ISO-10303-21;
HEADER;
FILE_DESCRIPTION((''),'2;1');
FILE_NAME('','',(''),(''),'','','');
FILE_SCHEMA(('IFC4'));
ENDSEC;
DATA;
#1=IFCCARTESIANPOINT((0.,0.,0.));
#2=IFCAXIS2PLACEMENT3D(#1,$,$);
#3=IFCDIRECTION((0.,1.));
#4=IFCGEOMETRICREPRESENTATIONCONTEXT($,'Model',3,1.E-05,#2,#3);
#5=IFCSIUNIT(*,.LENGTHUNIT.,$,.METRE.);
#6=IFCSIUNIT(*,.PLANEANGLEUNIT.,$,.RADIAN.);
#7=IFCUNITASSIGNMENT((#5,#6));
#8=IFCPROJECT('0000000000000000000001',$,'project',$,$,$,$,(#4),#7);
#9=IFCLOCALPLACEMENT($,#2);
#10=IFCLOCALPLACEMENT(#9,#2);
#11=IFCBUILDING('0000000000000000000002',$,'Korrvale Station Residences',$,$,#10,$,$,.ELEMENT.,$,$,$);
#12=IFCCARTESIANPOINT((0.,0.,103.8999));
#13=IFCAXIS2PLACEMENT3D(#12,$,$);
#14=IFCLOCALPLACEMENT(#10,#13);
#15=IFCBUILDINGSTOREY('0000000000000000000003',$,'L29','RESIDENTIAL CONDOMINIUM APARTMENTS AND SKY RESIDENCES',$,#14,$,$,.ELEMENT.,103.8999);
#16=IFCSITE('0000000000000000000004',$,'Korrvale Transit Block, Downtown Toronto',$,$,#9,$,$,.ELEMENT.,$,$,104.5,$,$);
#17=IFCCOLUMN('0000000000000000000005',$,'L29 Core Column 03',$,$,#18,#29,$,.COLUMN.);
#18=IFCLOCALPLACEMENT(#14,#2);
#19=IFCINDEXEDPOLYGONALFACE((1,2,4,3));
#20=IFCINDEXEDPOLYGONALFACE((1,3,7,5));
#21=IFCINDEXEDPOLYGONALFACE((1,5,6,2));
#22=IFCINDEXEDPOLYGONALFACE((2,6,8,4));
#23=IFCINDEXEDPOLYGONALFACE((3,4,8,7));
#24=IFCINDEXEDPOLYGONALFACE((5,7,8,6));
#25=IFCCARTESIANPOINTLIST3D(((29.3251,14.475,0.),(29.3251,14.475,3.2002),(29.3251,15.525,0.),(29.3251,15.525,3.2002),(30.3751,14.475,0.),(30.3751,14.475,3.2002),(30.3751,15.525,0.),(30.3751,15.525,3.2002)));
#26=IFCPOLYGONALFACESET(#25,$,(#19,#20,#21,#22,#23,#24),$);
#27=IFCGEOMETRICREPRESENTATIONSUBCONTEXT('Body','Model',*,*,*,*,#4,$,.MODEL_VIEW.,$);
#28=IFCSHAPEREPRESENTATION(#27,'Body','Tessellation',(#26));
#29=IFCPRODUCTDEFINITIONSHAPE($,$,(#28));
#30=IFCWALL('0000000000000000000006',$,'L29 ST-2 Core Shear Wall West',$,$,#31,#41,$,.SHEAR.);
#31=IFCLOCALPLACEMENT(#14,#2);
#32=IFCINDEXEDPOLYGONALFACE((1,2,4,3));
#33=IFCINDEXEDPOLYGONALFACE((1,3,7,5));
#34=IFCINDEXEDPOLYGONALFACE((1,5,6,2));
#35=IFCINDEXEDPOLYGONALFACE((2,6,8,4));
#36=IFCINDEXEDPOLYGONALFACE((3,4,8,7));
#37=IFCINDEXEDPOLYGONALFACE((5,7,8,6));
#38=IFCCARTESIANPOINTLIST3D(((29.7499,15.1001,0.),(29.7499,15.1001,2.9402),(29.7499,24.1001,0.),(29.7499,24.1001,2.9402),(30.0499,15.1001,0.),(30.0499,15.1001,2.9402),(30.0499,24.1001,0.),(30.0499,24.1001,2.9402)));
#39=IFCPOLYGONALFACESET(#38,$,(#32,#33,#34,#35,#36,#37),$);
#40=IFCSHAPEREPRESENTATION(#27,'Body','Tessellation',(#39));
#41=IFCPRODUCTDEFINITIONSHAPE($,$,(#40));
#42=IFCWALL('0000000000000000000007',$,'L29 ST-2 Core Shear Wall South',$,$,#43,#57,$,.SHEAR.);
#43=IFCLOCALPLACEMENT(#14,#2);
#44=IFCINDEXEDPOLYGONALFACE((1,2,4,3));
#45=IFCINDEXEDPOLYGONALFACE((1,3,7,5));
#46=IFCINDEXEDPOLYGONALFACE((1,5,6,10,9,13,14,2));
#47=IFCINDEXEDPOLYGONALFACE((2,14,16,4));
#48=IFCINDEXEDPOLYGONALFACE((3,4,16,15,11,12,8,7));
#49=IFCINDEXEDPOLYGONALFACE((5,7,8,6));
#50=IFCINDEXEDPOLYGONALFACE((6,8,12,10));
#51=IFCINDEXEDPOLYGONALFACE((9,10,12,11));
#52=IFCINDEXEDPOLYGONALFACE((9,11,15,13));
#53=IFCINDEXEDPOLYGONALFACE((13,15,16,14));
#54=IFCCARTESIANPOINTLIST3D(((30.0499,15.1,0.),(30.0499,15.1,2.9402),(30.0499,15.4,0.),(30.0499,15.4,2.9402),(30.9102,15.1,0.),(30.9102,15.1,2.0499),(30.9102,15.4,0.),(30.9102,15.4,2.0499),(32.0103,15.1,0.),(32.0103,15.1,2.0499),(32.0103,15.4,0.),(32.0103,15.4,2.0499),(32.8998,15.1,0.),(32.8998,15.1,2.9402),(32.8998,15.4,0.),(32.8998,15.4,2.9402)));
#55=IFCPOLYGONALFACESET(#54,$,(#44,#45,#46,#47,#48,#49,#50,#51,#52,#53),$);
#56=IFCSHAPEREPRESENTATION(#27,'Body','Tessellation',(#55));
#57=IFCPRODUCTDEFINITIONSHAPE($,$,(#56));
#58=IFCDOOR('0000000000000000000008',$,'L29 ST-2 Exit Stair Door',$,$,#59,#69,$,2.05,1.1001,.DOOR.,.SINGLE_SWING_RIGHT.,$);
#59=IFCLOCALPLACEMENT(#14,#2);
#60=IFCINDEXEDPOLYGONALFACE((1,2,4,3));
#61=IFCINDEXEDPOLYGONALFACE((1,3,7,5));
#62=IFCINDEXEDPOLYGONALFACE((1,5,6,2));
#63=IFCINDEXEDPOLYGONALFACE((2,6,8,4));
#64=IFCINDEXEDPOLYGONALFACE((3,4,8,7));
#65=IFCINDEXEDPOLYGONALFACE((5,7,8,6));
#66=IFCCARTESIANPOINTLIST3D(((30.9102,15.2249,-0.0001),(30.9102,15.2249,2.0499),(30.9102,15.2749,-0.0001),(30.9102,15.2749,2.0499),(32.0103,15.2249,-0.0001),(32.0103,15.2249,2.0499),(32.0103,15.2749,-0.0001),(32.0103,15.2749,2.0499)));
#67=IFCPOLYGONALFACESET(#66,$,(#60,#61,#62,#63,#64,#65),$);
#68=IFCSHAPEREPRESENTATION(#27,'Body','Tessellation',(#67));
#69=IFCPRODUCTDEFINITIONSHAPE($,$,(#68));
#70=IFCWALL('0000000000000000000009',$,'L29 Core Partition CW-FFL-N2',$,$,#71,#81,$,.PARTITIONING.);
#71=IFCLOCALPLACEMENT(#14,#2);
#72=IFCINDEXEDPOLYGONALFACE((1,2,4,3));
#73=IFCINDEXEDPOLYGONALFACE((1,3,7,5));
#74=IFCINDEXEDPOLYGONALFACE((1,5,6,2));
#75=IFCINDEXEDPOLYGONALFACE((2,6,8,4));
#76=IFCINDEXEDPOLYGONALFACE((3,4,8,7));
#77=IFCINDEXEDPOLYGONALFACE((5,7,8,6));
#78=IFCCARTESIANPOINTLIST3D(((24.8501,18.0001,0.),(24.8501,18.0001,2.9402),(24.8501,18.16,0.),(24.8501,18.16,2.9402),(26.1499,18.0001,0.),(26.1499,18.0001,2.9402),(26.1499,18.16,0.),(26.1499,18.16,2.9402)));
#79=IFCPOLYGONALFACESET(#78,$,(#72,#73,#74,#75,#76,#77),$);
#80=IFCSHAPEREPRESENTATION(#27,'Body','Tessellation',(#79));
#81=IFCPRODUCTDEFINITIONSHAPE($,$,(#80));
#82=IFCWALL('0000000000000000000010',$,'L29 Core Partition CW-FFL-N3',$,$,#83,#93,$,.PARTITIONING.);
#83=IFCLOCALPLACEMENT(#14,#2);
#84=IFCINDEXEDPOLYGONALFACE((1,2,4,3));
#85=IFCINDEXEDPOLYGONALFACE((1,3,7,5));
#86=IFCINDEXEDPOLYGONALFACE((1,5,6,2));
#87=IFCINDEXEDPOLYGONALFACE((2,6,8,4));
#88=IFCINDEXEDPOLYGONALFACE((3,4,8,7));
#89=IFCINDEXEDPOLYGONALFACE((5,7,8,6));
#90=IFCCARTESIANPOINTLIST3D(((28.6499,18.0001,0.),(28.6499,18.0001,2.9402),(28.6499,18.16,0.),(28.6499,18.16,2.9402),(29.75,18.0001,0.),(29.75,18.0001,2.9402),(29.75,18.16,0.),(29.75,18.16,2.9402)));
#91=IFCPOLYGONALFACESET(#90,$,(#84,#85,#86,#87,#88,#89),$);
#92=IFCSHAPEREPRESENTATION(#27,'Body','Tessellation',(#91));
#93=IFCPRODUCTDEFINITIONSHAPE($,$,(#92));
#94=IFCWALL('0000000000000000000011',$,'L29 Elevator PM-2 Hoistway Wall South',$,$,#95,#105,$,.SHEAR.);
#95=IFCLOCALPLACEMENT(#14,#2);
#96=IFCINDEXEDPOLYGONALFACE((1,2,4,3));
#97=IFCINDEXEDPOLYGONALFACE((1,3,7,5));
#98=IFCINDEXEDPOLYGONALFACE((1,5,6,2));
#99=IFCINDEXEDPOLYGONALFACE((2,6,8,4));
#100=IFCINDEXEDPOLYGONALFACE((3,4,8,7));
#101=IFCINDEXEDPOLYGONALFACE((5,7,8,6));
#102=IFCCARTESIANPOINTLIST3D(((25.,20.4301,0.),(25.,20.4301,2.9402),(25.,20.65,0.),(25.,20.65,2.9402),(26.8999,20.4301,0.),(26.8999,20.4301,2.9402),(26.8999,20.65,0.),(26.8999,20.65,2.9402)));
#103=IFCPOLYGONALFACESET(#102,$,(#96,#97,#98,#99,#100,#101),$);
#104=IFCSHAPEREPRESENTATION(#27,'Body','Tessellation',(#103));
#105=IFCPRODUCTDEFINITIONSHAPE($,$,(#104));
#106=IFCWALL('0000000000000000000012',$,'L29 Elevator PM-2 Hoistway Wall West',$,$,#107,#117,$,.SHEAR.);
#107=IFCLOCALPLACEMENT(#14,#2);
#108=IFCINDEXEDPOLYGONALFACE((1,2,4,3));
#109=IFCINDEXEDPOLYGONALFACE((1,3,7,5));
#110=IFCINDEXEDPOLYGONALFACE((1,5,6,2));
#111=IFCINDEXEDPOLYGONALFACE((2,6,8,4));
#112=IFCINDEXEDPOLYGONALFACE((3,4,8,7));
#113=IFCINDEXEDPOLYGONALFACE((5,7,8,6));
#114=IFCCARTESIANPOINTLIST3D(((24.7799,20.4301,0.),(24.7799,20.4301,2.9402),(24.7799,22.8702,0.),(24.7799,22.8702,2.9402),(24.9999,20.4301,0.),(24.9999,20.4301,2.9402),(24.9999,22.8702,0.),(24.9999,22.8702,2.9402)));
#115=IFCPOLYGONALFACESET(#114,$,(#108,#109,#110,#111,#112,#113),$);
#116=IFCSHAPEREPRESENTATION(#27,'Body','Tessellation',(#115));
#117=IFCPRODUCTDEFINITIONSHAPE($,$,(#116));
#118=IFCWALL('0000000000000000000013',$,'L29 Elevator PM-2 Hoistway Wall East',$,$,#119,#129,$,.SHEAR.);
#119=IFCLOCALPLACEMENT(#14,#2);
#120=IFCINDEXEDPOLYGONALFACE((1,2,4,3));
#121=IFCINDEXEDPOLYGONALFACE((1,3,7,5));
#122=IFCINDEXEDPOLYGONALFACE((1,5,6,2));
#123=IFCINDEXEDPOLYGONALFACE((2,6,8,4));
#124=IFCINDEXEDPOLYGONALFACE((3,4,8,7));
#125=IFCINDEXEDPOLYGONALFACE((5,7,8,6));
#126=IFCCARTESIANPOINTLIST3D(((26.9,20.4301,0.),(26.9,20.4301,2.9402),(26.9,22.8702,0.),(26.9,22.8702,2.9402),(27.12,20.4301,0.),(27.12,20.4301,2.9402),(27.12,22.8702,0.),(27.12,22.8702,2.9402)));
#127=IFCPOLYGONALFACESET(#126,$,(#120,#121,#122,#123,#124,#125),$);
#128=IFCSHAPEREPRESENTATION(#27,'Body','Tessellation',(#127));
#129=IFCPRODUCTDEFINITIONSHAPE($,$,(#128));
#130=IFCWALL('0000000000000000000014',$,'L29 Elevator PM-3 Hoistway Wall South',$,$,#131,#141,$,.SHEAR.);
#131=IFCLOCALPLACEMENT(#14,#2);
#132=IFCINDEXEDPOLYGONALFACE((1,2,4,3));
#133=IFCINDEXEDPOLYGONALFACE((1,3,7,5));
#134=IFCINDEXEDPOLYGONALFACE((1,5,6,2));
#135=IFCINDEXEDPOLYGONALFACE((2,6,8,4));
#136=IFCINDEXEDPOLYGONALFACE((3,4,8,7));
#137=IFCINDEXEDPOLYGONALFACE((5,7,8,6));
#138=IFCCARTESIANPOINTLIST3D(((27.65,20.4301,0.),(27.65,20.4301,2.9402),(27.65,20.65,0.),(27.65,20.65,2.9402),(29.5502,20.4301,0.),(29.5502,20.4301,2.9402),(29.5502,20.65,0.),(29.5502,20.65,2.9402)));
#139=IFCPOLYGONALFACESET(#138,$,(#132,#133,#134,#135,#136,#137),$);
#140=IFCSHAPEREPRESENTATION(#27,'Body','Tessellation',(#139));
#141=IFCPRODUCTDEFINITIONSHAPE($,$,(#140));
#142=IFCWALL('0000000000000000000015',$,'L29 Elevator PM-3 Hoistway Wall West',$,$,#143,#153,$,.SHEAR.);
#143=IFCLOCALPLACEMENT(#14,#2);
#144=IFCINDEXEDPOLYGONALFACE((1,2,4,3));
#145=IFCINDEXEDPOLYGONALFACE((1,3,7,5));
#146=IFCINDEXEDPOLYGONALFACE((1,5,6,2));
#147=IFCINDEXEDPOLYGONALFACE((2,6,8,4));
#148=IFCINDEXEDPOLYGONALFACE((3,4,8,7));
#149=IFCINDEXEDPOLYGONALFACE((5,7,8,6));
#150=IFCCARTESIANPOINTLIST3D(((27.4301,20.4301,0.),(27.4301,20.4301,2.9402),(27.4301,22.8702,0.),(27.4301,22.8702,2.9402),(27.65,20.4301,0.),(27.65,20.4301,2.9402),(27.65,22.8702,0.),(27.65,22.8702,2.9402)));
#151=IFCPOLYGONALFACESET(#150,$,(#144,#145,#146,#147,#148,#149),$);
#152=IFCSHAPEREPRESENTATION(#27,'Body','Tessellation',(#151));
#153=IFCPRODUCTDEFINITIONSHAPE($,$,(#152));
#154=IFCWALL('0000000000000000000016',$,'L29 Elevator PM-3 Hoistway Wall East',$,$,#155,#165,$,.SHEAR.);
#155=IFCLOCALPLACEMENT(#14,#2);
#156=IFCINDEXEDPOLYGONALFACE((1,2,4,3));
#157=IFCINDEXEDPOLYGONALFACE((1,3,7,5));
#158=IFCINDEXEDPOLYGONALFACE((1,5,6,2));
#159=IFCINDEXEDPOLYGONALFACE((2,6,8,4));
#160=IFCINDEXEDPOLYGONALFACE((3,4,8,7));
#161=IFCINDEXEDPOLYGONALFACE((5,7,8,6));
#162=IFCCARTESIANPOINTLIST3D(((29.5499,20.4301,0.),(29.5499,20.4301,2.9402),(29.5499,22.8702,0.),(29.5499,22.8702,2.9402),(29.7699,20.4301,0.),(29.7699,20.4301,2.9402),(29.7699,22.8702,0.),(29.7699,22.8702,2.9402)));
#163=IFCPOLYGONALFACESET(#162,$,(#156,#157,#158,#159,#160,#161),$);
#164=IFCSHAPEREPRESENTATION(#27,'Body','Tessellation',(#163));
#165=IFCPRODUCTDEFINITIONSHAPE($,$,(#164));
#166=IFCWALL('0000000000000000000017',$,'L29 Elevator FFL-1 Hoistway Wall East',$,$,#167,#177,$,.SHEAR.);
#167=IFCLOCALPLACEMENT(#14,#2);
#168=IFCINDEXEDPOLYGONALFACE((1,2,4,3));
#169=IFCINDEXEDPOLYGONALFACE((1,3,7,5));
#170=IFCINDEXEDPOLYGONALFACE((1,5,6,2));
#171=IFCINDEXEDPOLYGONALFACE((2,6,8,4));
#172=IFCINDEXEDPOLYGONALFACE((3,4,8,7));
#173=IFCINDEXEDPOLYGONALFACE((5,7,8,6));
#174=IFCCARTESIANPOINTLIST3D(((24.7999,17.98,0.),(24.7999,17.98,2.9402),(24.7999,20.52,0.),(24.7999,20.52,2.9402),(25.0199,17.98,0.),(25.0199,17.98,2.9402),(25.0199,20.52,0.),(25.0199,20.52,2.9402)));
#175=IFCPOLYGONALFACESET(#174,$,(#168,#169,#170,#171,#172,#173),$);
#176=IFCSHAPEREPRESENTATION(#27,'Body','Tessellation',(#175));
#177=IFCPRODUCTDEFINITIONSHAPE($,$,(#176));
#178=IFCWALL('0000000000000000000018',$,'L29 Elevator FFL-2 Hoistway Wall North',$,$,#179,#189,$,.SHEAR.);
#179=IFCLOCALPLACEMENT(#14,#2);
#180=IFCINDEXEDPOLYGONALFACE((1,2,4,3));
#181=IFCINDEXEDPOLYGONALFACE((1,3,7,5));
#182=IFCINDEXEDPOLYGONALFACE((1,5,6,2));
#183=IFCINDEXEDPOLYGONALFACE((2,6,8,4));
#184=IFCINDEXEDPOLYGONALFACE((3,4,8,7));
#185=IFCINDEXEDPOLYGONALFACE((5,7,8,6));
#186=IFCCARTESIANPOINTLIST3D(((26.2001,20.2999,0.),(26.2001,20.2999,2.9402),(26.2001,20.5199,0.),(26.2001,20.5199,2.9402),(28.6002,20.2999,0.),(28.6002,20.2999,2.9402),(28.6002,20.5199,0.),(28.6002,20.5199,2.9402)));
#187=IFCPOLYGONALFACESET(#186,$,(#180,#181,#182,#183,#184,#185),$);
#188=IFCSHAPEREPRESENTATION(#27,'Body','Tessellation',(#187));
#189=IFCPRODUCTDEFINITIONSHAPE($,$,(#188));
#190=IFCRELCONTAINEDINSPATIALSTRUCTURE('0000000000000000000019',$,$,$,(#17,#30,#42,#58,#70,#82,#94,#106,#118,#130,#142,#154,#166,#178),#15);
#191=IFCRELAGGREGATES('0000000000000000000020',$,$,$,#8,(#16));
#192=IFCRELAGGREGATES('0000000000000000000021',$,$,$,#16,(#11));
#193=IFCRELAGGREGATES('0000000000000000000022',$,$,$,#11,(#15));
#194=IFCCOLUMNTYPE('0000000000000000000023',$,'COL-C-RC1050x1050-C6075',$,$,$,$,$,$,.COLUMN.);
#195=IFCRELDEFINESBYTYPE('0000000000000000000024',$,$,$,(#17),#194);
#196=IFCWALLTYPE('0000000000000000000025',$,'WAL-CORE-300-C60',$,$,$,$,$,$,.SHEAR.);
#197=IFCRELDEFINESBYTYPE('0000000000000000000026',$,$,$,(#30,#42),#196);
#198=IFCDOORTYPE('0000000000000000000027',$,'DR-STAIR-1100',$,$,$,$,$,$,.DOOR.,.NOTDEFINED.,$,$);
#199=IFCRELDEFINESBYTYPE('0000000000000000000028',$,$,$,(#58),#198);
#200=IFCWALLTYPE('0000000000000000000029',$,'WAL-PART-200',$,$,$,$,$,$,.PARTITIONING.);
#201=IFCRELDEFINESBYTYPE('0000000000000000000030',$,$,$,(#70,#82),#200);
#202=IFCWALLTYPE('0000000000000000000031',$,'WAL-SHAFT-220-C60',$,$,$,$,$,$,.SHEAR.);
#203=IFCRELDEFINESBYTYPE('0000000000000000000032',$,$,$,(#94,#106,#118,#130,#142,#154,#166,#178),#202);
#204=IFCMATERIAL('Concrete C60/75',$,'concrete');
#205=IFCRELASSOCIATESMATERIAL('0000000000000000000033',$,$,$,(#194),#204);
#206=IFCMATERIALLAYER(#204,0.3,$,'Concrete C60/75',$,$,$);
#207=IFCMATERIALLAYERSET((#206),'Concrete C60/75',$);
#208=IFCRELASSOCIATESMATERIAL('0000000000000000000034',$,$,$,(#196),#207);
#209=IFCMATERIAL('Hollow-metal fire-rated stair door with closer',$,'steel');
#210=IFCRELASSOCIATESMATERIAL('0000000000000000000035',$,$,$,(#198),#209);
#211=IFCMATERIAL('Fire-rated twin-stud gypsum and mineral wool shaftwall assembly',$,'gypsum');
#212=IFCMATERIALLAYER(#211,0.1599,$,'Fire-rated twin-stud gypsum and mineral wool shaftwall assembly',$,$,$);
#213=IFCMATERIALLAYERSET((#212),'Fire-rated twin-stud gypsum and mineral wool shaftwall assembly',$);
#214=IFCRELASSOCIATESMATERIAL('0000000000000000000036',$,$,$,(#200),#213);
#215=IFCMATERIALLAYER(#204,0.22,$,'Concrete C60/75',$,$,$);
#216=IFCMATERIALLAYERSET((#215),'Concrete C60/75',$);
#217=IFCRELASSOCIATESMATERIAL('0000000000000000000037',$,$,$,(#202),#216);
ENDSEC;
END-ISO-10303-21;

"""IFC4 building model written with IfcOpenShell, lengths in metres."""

from ifc_helpers import new_model, si_unit, direction, frame, frame_2d, origin, origin_2d, place, context, subcontext, project, spatial, rectangle, extrude, material, layer, layer_set, material_profile, profile_set, type_object, element, fill, save


model = new_model("IFC4")

# Units and contexts
model_context = context("Model", 3, precision=1e-05, world=origin(), true_north=direction((0.0, 1.0)))
body_context = subcontext(model_context, "Body", "Model", "MODEL_VIEW")
ifc_project = project(units=[si_unit("LENGTHUNIT", "METRE"), si_unit("PLANEANGLEUNIT", "RADIAN")], contexts=[model_context])

# Site, building, storey
site_placement = place(None, origin())
site = spatial("IfcSite", under=ifc_project, at=site_placement, Name="Korrvale Transit Block, Downtown Toronto", CompositionType="ELEMENT", RefElevation=104.5)
building_placement = place(site_placement, origin())
building = spatial("IfcBuilding", under=site, at=building_placement, Name="Korrvale Station Residences", CompositionType="ELEMENT")
storey_placement = place(building_placement, frame((0.0, 0.0, 103.8999)))
storey = spatial("IfcBuildingStorey", under=building, at=storey_placement, Name="L29", Description="RESIDENTIAL CONDOMINIUM APARTMENTS AND SKY RESIDENCES", CompositionType="ELEMENT", Elevation=103.8999)

# Column
ifc_material_1 = material(Name="Concrete C60/75", Category="concrete")
ifc_material_profile = material_profile(ifc_material_1, rectangle(XDim=1.05, YDim=1.05, at=origin_2d()), Name="RC1050x1050")
ifc_profile_set = profile_set([ifc_material_profile], Name="Concrete C60/75")
column_type = type_object("IfcColumnType", Name="COL-C-RC1050x1050-C6075", PredefinedType="COLUMN", material=ifc_profile_set)
column_placement = place(storey_placement, frame((29.8501, 15.0, 0.0), z_axis=(0.0, 0.0, 1.0), x_axis=(1.0, 0.0, 0.0)))
element("IfcColumn", 1, at=column_placement, inside=storey, type_object=column_type, Name="L29 Core Column 03", PredefinedType="COLUMN", context=body_context, shape_type="SweptSolid", body=[
    extrude(rectangle(XDim=1.05, YDim=1.05, at=origin_2d()), origin(), (0.0, 0.0, 1.0), 3.2002),
])

# Wall
ifc_layer_1 = layer(ifc_material_1, 0.3, Name="Concrete C60/75")
ifc_layer_set_1 = layer_set([ifc_layer_1], Name="Concrete C60/75")
wall_type_1 = type_object("IfcWallType", Name="WAL-CORE-300-C60", PredefinedType="SHEAR", material=ifc_layer_set_1)
wall_1_placement = place(storey_placement, frame((29.8999, 15.1001, 0.0), z_axis=(0.0, 0.0, 1.0), x_axis=(0.0, 1.0, 0.0)))
element("IfcWall", 2, at=wall_1_placement, inside=storey, type_object=wall_type_1, Name="L29 ST-2 Core Shear Wall West", PredefinedType="SHEAR", context=body_context, shape_type="SweptSolid", body=[
    extrude(rectangle(XDim=9.0, YDim=0.3, at=frame_2d((4.5, 0.0))), origin(), (0.0, 0.0, 1.0), 2.9402),
])

# Wall, opening, door
wall_2_placement = place(storey_placement, frame((30.05, 15.25, 0.0), z_axis=(0.0, 0.0, 1.0), x_axis=(1.0, 0.0, 0.0)))
wall_2 = element("IfcWall", 3, at=wall_2_placement, inside=storey, type_object=wall_type_1, Name="L29 ST-2 Core Shear Wall South", PredefinedType="SHEAR", context=body_context, shape_type="SweptSolid", body=[
    extrude(rectangle(XDim=2.8499, YDim=0.3, at=frame_2d((1.4248, 0.0))), origin(), (0.0, 0.0, 1.0), 2.9402),
])
opening_1_placement = place(wall_2_placement, frame((0.8601, 0.0, 0.0)))
opening_1 = element("IfcOpeningElement", 4, at=opening_1_placement, cuts=wall_2, PredefinedType="OPENING", context=body_context, shape_type="SweptSolid", body=[
    extrude(rectangle(XDim=1.1001, YDim=2.05, at=frame_2d((0.55, 1.0249))), frame((0.0, 0.1602, 0.0), z_axis=(0.0, -1.0, 0.0), x_axis=(1.0, 0.0, 0.0)), (0.0, 0.0, 1.0), 0.3201),
])
ifc_material_2 = material(Name="Hollow-metal fire-rated stair door with closer", Category="steel")
door_type_1 = type_object("IfcDoorType", Name="DR-STAIR-1100", OperationType="NOTDEFINED", PredefinedType="DOOR", material=ifc_material_2)
door_1_placement = place(opening_1_placement, origin())
door_1 = element("IfcDoor", 5, at=door_1_placement, inside=storey, type_object=door_type_1, Name="L29 ST-2 Exit Stair Door", OperationType="SINGLE_SWING_RIGHT", OverallHeight=2.05, OverallWidth=1.1001, PredefinedType="DOOR", context=body_context, shape_type="SweptSolid", body=[
    extrude(rectangle(XDim=1.1001, YDim=2.05, at=frame_2d((0.55, 1.0249))), frame((0.0, 0.0249, 0.0), z_axis=(0.0, -1.0, 0.0), x_axis=(1.0, 0.0, 0.0)), (0.0, 0.0, 1.0), 0.05),
])
fill(opening_1, door_1)

# Walls
ifc_material_3 = material(Name="Fire-rated twin-stud gypsum and mineral wool shaftwall assembly", Category="gypsum")
ifc_layer_2 = layer(ifc_material_3, 0.1599, Name="Fire-rated twin-stud gypsum and mineral wool shaftwall assembly")
ifc_layer_set_2 = layer_set([ifc_layer_2], Name="Fire-rated twin-stud gypsum and mineral wool shaftwall assembly")
wall_type_2 = type_object("IfcWallType", Name="WAL-PART-200", PredefinedType="PARTITIONING", material=ifc_layer_set_2)
wall_3_placement = place(storey_placement, frame((24.8501, 18.0801, 0.0), z_axis=(0.0, 0.0, 1.0), x_axis=(1.0, 0.0, 0.0)))
element("IfcWall", 6, at=wall_3_placement, inside=storey, type_object=wall_type_2, Name="L29 Core Partition CW-FFL-N2", PredefinedType="PARTITIONING", context=body_context, shape_type="SweptSolid", body=[
    extrude(rectangle(XDim=1.2998, YDim=0.1599, at=frame_2d((0.6499, 0.0))), origin(), (0.0, 0.0, 1.0), 2.9402),
])
wall_4_placement = place(storey_placement, frame((28.6499, 18.0801, 0.0), z_axis=(0.0, 0.0, 1.0), x_axis=(1.0, 0.0, 0.0)))
element("IfcWall", 7, at=wall_4_placement, inside=storey, type_object=wall_type_2, Name="L29 Core Partition CW-FFL-N3", PredefinedType="PARTITIONING", context=body_context, shape_type="SweptSolid", body=[
    extrude(rectangle(XDim=1.1001, YDim=0.1599, at=frame_2d((0.55, 0.0))), origin(), (0.0, 0.0, 1.0), 2.9402),
])
ifc_layer_3 = layer(ifc_material_1, 0.22, Name="Concrete C60/75")
ifc_layer_set_3 = layer_set([ifc_layer_3], Name="Concrete C60/75")
wall_type_3 = type_object("IfcWallType", Name="WAL-SHAFT-220-C60", PredefinedType="SHEAR", material=ifc_layer_set_3)
wall_5_placement = place(storey_placement, frame((25.0, 20.54, 0.0), z_axis=(0.0, 0.0, 1.0), x_axis=(1.0, 0.0, 0.0)))
element("IfcWall", 8, at=wall_5_placement, inside=storey, type_object=wall_type_3, Name="L29 Elevator PM-2 Hoistway Wall South", PredefinedType="SHEAR", context=body_context, shape_type="SweptSolid", body=[
    extrude(rectangle(XDim=1.8999, YDim=0.22, at=frame_2d((0.95, 0.0))), origin(), (0.0, 0.0, 1.0), 2.9402),
])
for number, where, z_axis, x_axis, name in (
    (9, (24.8899, 20.4299, 0.0), (0.0, 0.0, 1.0), (0.0, 1.0, 0.0), "L29 Elevator PM-2 Hoistway Wall West"),
    (10, (27.01, 20.4299, 0.0), (0.0, 0.0, 1.0), (0.0, 1.0, 0.0), "L29 Elevator PM-2 Hoistway Wall East"),
):
    element("IfcWall", number, at=place(storey_placement, frame(where, z_axis=z_axis, x_axis=x_axis)), inside=storey, type_object=wall_type_3, Name=name, PredefinedType="SHEAR", context=body_context, shape_type="SweptSolid", body=[
        extrude(rectangle(XDim=2.4402, YDim=0.22, at=frame_2d((1.2202, 0.0))), origin(), (0.0, 0.0, 1.0), 2.9402),
    ])
wall_6_placement = place(storey_placement, frame((27.6499, 20.54, 0.0), z_axis=(0.0, 0.0, 1.0), x_axis=(1.0, 0.0, 0.0)))
element("IfcWall", 11, at=wall_6_placement, inside=storey, type_object=wall_type_3, Name="L29 Elevator PM-3 Hoistway Wall South", PredefinedType="SHEAR", context=body_context, shape_type="SweptSolid", body=[
    extrude(rectangle(XDim=1.9001, YDim=0.22, at=frame_2d((0.9502, 0.0))), origin(), (0.0, 0.0, 1.0), 2.9402),
])
for number, where, z_axis, x_axis, name in (
    (12, (27.54, 20.4299, 0.0), (0.0, 0.0, 1.0), (0.0, 1.0, 0.0), "L29 Elevator PM-3 Hoistway Wall West"),
    (13, (29.6599, 20.4299, 0.0), (0.0, 0.0, 1.0), (0.0, 1.0, 0.0), "L29 Elevator PM-3 Hoistway Wall East"),
):
    element("IfcWall", number, at=place(storey_placement, frame(where, z_axis=z_axis, x_axis=x_axis)), inside=storey, type_object=wall_type_3, Name=name, PredefinedType="SHEAR", context=body_context, shape_type="SweptSolid", body=[
        extrude(rectangle(XDim=2.4402, YDim=0.22, at=frame_2d((1.2202, 0.0))), origin(), (0.0, 0.0, 1.0), 2.9402),
    ])
wall_7_placement = place(storey_placement, frame((24.9099, 17.98, 0.0), z_axis=(0.0, 0.0, 1.0), x_axis=(0.0, 1.0, 0.0)))
element("IfcWall", 14, at=wall_7_placement, inside=storey, type_object=wall_type_3, Name="L29 Elevator FFL-1 Hoistway Wall East", PredefinedType="SHEAR", context=body_context, shape_type="SweptSolid", body=[
    extrude(rectangle(XDim=2.54, YDim=0.22, at=frame_2d((1.27, 0.0))), origin(), (0.0, 0.0, 1.0), 2.9402),
])

# Wall
wall_8_placement = place(storey_placement, frame((26.2, 20.4099, 0.0), z_axis=(0.0, 0.0, 1.0), x_axis=(1.0, 0.0, 0.0)))
element("IfcWall", 15, at=wall_8_placement, inside=storey, type_object=wall_type_3, Name="L29 Elevator FFL-2 Hoistway Wall North", PredefinedType="SHEAR", context=body_context, shape_type="SweptSolid", body=[
    extrude(rectangle(XDim=2.4001, YDim=0.22, at=frame_2d((1.2002, 0.0))), origin(), (0.0, 0.0, 1.0), 2.9402),
])

save(model, "model.ifc")
